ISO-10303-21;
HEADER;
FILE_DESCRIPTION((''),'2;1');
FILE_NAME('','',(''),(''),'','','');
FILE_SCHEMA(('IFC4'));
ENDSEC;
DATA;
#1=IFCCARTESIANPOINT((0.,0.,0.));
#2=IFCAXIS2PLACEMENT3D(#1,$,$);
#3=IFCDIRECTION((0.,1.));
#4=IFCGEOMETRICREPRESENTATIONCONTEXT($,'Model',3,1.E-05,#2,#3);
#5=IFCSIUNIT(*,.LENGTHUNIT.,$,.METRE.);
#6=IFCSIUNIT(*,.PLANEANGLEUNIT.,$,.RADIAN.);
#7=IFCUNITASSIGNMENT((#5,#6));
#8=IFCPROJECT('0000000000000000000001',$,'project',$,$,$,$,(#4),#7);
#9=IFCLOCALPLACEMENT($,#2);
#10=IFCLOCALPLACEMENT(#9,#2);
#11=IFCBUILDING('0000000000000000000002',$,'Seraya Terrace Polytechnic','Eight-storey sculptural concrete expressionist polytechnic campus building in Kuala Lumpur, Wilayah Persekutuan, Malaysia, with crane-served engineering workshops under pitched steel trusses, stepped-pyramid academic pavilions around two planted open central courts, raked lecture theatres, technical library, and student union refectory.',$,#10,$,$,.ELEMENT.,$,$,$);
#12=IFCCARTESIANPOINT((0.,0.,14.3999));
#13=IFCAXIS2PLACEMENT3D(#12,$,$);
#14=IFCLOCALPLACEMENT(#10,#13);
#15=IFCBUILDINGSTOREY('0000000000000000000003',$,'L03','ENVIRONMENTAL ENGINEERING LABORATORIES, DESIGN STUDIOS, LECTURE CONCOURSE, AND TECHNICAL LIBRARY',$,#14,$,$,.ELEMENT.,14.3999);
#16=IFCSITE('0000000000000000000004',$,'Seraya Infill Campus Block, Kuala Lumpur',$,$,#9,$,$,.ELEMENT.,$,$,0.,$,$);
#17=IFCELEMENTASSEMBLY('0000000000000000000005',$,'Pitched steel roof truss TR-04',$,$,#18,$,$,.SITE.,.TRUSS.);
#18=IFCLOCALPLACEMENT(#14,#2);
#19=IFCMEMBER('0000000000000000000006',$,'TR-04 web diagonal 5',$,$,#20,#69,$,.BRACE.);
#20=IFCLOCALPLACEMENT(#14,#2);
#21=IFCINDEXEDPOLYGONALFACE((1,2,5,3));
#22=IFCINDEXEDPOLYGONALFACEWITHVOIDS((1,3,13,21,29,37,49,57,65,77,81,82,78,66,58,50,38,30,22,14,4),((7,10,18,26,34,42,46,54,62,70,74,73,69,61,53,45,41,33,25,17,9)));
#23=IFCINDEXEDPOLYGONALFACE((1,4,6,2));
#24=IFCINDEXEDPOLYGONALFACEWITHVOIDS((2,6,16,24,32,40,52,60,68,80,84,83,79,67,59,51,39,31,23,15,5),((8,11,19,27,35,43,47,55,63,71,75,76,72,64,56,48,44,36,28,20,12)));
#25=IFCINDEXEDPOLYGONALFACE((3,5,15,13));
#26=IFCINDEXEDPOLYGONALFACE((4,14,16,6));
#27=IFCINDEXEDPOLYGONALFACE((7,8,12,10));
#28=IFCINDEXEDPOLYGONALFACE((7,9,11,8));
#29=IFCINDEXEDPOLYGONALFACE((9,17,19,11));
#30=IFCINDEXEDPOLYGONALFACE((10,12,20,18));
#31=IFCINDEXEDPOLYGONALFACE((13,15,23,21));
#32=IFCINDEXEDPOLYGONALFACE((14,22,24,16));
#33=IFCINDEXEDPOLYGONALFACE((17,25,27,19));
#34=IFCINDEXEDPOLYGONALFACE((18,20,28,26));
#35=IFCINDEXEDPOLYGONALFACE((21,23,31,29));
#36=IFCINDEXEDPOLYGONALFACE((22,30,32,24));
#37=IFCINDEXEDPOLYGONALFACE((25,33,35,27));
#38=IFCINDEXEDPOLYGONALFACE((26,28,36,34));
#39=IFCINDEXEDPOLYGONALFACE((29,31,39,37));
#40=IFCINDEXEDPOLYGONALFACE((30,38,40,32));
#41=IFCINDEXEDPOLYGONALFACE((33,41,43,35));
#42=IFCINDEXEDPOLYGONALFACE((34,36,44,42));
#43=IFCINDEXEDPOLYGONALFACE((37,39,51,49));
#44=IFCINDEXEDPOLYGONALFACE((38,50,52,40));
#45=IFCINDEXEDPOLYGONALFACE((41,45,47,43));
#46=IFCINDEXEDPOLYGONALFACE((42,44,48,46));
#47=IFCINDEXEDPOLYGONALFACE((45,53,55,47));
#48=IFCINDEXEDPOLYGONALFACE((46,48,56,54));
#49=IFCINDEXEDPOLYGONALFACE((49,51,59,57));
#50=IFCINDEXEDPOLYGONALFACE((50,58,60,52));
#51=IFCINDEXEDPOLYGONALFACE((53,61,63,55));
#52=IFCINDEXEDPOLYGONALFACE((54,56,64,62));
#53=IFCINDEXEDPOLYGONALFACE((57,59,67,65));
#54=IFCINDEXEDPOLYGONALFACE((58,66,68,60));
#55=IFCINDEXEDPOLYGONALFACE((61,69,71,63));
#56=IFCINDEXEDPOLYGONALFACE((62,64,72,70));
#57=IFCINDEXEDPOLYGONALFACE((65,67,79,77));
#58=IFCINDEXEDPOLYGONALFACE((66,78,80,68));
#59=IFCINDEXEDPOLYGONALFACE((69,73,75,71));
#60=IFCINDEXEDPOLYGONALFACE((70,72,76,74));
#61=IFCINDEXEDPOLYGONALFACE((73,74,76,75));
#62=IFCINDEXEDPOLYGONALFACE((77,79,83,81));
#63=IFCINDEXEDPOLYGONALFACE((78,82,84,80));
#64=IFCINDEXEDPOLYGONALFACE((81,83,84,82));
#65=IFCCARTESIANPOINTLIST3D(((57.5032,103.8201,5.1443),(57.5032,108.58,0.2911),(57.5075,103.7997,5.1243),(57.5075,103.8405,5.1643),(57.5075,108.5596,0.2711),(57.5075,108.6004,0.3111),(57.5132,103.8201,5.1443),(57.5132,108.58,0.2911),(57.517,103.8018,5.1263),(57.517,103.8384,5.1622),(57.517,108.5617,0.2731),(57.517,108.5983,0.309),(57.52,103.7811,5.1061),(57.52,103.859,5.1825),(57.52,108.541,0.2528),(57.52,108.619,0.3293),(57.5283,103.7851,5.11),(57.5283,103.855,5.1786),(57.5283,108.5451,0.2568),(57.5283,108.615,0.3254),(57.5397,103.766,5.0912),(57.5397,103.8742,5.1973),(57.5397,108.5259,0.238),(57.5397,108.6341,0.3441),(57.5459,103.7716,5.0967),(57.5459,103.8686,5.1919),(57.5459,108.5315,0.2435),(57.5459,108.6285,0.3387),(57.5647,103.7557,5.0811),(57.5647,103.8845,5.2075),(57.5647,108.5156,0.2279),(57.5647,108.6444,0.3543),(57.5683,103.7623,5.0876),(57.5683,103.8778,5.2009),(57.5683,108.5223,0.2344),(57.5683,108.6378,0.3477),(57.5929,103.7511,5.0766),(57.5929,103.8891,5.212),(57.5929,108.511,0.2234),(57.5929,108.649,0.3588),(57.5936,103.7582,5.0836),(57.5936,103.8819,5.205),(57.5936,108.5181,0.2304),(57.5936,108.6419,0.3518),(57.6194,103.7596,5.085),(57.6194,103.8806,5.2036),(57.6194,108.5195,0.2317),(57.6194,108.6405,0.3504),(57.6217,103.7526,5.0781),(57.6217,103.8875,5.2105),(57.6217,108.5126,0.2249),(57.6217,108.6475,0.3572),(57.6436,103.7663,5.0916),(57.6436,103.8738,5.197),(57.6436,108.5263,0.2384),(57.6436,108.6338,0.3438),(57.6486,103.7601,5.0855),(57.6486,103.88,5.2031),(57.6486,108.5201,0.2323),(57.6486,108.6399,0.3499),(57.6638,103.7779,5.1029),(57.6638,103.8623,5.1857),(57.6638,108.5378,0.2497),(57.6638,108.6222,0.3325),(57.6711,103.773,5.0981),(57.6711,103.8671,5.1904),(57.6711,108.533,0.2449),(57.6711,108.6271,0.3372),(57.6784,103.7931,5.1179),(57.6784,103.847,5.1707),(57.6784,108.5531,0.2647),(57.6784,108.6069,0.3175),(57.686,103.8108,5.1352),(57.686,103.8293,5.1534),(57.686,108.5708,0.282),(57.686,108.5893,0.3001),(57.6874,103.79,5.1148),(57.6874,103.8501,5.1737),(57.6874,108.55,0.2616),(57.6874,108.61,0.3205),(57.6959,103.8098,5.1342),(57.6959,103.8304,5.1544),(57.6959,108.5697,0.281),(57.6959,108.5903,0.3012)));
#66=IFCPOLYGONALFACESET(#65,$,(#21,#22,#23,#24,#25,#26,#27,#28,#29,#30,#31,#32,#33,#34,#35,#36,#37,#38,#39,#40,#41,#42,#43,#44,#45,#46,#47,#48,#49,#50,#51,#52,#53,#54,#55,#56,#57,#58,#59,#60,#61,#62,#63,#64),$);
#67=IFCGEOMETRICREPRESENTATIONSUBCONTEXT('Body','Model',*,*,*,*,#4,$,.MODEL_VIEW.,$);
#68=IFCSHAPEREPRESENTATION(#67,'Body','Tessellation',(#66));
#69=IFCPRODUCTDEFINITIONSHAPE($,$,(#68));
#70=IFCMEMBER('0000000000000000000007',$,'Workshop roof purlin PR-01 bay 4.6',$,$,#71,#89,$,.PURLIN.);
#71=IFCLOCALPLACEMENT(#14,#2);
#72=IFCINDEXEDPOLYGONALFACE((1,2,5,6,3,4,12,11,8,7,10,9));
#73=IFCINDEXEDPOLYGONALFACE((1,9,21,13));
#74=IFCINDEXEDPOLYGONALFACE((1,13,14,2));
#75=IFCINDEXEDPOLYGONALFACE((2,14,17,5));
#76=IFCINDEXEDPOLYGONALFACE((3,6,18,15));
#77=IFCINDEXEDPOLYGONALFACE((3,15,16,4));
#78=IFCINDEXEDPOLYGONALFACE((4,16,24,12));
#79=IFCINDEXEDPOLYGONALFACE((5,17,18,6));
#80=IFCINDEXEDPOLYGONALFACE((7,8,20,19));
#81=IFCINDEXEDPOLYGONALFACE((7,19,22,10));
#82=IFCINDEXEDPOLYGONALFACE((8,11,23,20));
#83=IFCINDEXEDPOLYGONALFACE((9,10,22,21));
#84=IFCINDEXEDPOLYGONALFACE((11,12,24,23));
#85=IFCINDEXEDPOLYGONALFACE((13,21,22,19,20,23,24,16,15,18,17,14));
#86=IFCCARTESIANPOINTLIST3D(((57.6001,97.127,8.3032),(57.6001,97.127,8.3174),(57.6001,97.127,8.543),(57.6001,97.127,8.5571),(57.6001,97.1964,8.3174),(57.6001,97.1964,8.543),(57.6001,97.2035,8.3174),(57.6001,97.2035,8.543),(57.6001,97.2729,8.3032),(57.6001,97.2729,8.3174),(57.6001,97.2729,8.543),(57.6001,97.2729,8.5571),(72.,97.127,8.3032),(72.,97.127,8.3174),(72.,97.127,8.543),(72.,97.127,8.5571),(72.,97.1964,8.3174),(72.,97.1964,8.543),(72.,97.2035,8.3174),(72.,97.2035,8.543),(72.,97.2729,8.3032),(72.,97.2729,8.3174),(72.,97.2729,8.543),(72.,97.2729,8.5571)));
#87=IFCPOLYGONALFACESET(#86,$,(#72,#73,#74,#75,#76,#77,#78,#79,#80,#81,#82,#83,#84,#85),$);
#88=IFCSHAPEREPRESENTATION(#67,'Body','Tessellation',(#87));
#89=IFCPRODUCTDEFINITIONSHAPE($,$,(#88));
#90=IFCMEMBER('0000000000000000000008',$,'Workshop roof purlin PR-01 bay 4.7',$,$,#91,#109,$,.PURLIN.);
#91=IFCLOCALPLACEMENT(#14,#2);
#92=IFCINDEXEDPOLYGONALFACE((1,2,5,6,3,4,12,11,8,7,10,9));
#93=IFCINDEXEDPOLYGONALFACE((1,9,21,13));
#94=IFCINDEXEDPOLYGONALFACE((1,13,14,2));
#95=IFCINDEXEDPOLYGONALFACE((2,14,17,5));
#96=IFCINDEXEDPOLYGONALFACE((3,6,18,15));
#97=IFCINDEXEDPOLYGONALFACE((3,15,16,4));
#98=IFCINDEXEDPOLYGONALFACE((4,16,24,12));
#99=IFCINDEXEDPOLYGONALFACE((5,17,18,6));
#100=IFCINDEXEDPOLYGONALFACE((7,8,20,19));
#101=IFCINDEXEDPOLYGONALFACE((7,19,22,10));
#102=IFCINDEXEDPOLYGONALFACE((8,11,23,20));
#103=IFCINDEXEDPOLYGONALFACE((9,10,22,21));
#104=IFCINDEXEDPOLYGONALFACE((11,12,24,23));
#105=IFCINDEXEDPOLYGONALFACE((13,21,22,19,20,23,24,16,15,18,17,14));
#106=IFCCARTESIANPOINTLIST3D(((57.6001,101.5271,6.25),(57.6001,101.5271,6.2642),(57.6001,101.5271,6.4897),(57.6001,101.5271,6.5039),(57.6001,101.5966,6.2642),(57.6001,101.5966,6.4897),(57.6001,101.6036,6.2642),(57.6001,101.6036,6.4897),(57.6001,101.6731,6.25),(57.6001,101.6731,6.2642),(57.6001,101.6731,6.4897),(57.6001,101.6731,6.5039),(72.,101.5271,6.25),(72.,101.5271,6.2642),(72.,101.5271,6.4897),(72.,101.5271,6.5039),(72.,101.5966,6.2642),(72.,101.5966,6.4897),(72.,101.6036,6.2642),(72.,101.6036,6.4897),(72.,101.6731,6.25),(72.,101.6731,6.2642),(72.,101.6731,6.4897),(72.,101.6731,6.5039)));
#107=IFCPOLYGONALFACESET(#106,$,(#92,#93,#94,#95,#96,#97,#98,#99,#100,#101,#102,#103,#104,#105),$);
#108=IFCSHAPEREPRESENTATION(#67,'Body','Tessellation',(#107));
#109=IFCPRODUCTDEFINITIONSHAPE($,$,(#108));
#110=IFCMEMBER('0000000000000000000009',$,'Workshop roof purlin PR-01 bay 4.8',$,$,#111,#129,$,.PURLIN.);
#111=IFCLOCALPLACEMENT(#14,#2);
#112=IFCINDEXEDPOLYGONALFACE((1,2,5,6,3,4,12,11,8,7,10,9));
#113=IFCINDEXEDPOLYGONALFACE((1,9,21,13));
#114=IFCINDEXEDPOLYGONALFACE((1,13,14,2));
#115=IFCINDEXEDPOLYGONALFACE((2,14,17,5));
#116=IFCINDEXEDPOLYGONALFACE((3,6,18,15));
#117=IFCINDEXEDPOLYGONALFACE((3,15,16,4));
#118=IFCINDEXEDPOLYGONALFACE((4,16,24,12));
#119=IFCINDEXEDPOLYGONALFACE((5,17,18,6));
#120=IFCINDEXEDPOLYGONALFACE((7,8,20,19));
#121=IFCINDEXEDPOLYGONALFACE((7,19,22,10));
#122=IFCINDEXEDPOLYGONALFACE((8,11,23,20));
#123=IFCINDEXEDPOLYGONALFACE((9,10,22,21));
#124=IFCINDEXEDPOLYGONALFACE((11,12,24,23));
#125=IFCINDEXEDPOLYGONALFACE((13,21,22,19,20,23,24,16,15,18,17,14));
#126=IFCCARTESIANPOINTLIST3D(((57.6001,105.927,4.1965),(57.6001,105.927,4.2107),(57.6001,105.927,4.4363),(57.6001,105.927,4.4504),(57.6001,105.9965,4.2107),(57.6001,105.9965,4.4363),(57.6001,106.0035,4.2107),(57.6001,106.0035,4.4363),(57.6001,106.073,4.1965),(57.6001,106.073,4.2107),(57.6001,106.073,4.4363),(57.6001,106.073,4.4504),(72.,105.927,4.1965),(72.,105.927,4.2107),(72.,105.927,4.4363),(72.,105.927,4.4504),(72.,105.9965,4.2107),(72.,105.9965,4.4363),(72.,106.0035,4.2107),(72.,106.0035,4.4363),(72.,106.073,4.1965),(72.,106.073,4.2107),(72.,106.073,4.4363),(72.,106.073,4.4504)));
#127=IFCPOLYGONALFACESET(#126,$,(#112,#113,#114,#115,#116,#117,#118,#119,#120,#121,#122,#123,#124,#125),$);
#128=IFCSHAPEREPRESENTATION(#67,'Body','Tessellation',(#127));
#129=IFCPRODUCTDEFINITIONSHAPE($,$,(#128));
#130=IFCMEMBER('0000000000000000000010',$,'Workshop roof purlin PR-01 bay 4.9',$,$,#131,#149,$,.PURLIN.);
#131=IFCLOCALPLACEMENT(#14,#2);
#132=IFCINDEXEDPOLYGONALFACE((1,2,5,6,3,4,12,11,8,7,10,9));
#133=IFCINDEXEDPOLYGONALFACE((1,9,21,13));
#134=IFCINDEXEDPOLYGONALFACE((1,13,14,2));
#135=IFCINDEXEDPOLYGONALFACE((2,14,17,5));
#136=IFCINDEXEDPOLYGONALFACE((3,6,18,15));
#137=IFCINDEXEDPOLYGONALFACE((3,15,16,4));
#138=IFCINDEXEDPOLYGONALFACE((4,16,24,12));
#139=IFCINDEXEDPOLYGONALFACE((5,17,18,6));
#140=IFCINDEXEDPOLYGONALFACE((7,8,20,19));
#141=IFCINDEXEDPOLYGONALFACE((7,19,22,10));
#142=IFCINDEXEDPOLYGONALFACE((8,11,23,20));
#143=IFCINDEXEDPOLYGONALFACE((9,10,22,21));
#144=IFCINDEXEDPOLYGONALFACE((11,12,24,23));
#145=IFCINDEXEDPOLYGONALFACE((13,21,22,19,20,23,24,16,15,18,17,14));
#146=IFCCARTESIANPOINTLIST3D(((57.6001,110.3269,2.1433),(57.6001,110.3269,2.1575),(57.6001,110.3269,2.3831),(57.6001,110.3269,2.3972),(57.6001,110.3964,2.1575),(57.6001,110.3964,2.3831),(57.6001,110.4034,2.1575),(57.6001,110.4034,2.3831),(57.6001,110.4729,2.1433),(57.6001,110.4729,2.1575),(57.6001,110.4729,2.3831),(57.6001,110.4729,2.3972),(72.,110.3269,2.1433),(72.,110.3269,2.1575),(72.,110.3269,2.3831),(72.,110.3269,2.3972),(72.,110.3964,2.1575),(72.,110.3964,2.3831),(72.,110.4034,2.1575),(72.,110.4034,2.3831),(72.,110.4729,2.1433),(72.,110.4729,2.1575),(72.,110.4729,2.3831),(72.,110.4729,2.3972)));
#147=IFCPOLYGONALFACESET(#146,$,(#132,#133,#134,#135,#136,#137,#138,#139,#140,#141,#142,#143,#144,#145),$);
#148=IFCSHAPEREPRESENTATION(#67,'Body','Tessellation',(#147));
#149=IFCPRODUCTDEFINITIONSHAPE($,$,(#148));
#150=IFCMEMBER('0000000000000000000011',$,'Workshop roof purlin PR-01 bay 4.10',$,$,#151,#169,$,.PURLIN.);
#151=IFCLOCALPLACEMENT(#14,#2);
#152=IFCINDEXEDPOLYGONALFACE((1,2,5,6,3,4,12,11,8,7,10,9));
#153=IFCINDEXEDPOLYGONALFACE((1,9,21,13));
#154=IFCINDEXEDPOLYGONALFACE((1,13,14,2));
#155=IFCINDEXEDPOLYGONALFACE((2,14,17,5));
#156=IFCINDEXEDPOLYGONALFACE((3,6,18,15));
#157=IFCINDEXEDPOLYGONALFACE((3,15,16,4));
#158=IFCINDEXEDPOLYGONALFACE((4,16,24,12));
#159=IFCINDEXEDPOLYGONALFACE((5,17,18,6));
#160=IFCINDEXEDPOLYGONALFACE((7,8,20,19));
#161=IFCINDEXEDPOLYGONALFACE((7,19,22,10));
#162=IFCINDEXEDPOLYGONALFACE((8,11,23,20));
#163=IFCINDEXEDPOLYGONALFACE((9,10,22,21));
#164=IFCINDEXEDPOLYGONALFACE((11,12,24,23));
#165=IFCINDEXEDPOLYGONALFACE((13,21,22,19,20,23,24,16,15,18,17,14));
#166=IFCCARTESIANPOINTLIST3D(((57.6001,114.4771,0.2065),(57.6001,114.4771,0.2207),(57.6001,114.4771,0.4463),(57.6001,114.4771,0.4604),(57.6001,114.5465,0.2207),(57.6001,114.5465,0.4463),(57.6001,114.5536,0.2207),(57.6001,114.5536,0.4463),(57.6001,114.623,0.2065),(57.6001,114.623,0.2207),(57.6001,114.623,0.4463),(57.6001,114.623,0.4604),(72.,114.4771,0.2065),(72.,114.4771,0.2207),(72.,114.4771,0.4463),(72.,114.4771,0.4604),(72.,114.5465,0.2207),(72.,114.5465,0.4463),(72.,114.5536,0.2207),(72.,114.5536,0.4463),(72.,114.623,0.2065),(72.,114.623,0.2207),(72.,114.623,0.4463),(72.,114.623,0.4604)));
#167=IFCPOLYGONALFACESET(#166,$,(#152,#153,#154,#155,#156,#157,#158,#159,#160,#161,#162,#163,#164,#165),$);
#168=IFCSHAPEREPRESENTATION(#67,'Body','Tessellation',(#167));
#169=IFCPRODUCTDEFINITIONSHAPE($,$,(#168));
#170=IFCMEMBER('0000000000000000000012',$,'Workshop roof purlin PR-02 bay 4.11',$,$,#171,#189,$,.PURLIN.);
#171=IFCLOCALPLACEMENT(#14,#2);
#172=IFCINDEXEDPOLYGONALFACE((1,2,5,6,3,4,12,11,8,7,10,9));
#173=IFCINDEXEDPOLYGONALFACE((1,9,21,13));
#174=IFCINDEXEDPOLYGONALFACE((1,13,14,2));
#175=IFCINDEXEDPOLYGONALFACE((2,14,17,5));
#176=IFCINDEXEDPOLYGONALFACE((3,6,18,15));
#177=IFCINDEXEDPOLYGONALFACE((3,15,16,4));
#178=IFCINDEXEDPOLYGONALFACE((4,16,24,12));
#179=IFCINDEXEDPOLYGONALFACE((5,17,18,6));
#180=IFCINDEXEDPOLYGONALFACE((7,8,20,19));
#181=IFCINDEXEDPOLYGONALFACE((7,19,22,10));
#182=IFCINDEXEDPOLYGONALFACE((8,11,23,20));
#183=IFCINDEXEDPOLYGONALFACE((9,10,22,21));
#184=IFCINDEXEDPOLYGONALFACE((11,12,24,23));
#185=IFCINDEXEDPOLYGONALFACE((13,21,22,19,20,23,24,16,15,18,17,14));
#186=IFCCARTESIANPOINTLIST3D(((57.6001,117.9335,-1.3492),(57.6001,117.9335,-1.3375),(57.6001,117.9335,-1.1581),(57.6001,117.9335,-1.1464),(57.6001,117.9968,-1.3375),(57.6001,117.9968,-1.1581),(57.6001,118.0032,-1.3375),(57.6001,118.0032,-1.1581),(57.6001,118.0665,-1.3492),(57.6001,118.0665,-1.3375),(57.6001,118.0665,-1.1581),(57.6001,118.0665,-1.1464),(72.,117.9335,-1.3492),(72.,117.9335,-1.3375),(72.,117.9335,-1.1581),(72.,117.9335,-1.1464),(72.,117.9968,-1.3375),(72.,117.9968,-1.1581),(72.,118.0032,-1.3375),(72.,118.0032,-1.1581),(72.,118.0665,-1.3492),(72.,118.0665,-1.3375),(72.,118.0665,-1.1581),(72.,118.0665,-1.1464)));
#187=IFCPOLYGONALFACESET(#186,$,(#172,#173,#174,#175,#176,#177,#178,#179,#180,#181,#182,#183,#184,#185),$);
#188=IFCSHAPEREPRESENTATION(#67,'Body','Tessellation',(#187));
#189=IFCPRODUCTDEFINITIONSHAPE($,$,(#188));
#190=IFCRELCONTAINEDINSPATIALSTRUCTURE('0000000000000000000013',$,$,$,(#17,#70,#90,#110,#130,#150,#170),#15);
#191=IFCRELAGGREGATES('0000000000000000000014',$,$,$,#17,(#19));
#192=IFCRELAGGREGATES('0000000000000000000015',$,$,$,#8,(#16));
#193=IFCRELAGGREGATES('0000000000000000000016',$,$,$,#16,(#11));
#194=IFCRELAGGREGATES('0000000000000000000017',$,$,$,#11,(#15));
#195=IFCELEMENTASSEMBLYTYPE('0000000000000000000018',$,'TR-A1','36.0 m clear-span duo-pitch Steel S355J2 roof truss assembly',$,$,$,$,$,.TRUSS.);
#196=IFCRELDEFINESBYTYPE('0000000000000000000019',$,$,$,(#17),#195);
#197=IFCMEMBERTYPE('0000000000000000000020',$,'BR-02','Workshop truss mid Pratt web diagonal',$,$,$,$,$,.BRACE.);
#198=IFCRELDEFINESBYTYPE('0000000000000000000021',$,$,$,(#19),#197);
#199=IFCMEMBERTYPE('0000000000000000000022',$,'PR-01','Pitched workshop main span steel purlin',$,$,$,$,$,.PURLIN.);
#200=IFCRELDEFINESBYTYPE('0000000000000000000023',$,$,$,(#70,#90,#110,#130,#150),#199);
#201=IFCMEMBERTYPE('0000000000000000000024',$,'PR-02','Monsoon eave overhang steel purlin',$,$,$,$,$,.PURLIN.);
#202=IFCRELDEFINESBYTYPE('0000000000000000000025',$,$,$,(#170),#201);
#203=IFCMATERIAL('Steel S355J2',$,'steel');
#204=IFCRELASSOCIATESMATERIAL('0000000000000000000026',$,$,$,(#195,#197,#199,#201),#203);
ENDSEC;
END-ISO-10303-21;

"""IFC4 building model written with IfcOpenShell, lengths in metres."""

from ifc_helpers import new_model, si_unit, direction, frame, origin, origin_2d, place, context, subcontext, project, spatial, hollow_circle, i_section, extrude, material, material_profile, profile_set, type_object, element, aggregate, save


model = new_model("IFC4")

# Units and contexts
model_context = context("Model", 3, precision=1e-05, world=origin(), true_north=direction((0.0, 1.0)))
body_context = subcontext(model_context, "Body", "Model", "MODEL_VIEW")
ifc_project = project(units=[si_unit("LENGTHUNIT", "METRE"), si_unit("PLANEANGLEUNIT", "RADIAN")], contexts=[model_context])

# Site, building, storey
site_placement = place(None, origin())
site = spatial("IfcSite", under=ifc_project, at=site_placement, Name="Seraya Infill Campus Block, Kuala Lumpur", CompositionType="ELEMENT", RefElevation=0.0)
building_placement = place(site_placement, origin())
building = spatial("IfcBuilding", under=site, at=building_placement, Name="Seraya Terrace Polytechnic", Description="Eight-storey sculptural concrete expressionist polytechnic campus building in Kuala Lumpur, Wilayah Persekutuan, Malaysia, with crane-served engineering workshops under pitched steel trusses, stepped-pyramid academic pavilions around two planted open central courts, raked lecture theatres, technical library, and student union refectory.", CompositionType="ELEMENT")
storey_placement = place(building_placement, frame((0.0, 0.0, 14.3999)))
storey = spatial("IfcBuildingStorey", under=building, at=storey_placement, Name="L03", Description="ENVIRONMENTAL ENGINEERING LABORATORIES, DESIGN STUDIOS, LECTURE CONCOURSE, AND TECHNICAL LIBRARY", CompositionType="ELEMENT", Elevation=14.3999)

# Element assembly, member
ifc_material_1 = material(Name="Steel S355J2", Category="steel")
element_assembly_type = type_object("IfcElementAssemblyType", Name="TR-A1", Description="36.0 m clear-span duo-pitch Steel S355J2 roof truss assembly", PredefinedType="TRUSS", material=ifc_material_1)
assembly_placement = place(storey_placement, origin())
assembly = element("IfcElementAssembly", 1, at=assembly_placement, inside=storey, type_object=element_assembly_type, Name="Pitched steel roof truss TR-04", AssemblyPlace="SITE", PredefinedType="TRUSS")
ifc_material_profile_1 = material_profile(ifc_material_1, hollow_circle(Radius=0.0969, WallThickness=0.01, at=origin_2d()), Name="CHS 193.7x10.0")
ifc_profile_set_1 = profile_set([ifc_material_profile_1], Name="Steel S355J2")
member_type_1 = type_object("IfcMemberType", Name="BR-02", Description="Workshop truss mid Pratt web diagonal", PredefinedType="BRACE", material=ifc_profile_set_1)
member_1_placement = place(storey_placement, frame((57.6001, 103.8201, 5.1443), z_axis=(0.0, 0.700214, -0.713933), x_axis=(-1.0, 0.0, 0.0)))
member_1 = element("IfcMember", 2, at=member_1_placement, type_object=member_type_1, Name="TR-04 web diagonal 5", PredefinedType="BRACE", context=body_context, shape_type="SweptSolid", body=[
    extrude(hollow_circle(Radius=0.0969, WallThickness=0.01, at=origin_2d()), origin(), (0.0, 0.0, 1.0), 6.7979),
])

# Members
ifc_material_profile_2 = material_profile(ifc_material_1, i_section(OverallWidth=0.146, OverallDepth=0.2539, WebThickness=0.0071, FlangeThickness=0.0142, at=origin_2d()), Name="UKB 254x146x7.2x14.2")
ifc_profile_set_2 = profile_set([ifc_material_profile_2], Name="Steel S355J2")
member_type_2 = type_object("IfcMemberType", Name="PR-01", Description="Pitched workshop main span steel purlin", PredefinedType="PURLIN", material=ifc_profile_set_2)
for number, where, z_axis, x_axis, name in (
    (3, (57.6001, 97.2, 8.4302), (1.0, 0.0, 0.0), (0.0, 1.0, 0.0), "Workshop roof purlin PR-01 bay 4.6"),
    (4, (57.6001, 101.6001, 6.377), (1.0, 0.0, 0.0), (0.0, 1.0, 0.0), "Workshop roof purlin PR-01 bay 4.7"),
    (5, (57.6001, 106.0, 4.3235), (1.0, 0.0, 0.0), (0.0, 1.0, 0.0), "Workshop roof purlin PR-01 bay 4.8"),
    (6, (57.6001, 110.3999, 2.2703), (1.0, 0.0, 0.0), (0.0, 1.0, 0.0), "Workshop roof purlin PR-01 bay 4.9"),
    (7, (57.6001, 114.55, 0.3335), (1.0, 0.0, 0.0), (0.0, 1.0, 0.0), "Workshop roof purlin PR-01 bay 4.10"),
):
    element("IfcMember", number, at=place(storey_placement, frame(where, z_axis=z_axis, x_axis=x_axis)), inside=storey, type_object=member_type_2, Name=name, PredefinedType="PURLIN", context=body_context, shape_type="SweptSolid", body=[
        extrude(i_section(OverallWidth=0.146, OverallDepth=0.2539, WebThickness=0.0071, FlangeThickness=0.0142, at=origin_2d()), origin(), (0.0, 0.0, 1.0), 14.3999),
    ])
ifc_material_profile_3 = material_profile(ifc_material_1, i_section(OverallWidth=0.1331, OverallDepth=0.2029, WebThickness=0.0063, FlangeThickness=0.0117, at=origin_2d()), Name="UKB 203x133x6.4x11.8")
ifc_profile_set_3 = profile_set([ifc_material_profile_3], Name="Steel S355J2")
member_type_3 = type_object("IfcMemberType", Name="PR-02", Description="Monsoon eave overhang steel purlin", PredefinedType="PURLIN", material=ifc_profile_set_3)
member_2_placement = place(storey_placement, frame((57.6001, 118.0, -1.2478), z_axis=(1.0, 0.0, 0.0), x_axis=(0.0, 1.0, 0.0)))
element("IfcMember", 8, at=member_2_placement, inside=storey, type_object=member_type_3, Name="Workshop roof purlin PR-02 bay 4.11", PredefinedType="PURLIN", context=body_context, shape_type="SweptSolid", body=[
    extrude(i_section(OverallWidth=0.1331, OverallDepth=0.2029, WebThickness=0.0063, FlangeThickness=0.0117, at=origin_2d()), origin(), (0.0, 0.0, 1.0), 14.3999),
])

aggregate(assembly, [member_1])

save(model, "model.ifc")
